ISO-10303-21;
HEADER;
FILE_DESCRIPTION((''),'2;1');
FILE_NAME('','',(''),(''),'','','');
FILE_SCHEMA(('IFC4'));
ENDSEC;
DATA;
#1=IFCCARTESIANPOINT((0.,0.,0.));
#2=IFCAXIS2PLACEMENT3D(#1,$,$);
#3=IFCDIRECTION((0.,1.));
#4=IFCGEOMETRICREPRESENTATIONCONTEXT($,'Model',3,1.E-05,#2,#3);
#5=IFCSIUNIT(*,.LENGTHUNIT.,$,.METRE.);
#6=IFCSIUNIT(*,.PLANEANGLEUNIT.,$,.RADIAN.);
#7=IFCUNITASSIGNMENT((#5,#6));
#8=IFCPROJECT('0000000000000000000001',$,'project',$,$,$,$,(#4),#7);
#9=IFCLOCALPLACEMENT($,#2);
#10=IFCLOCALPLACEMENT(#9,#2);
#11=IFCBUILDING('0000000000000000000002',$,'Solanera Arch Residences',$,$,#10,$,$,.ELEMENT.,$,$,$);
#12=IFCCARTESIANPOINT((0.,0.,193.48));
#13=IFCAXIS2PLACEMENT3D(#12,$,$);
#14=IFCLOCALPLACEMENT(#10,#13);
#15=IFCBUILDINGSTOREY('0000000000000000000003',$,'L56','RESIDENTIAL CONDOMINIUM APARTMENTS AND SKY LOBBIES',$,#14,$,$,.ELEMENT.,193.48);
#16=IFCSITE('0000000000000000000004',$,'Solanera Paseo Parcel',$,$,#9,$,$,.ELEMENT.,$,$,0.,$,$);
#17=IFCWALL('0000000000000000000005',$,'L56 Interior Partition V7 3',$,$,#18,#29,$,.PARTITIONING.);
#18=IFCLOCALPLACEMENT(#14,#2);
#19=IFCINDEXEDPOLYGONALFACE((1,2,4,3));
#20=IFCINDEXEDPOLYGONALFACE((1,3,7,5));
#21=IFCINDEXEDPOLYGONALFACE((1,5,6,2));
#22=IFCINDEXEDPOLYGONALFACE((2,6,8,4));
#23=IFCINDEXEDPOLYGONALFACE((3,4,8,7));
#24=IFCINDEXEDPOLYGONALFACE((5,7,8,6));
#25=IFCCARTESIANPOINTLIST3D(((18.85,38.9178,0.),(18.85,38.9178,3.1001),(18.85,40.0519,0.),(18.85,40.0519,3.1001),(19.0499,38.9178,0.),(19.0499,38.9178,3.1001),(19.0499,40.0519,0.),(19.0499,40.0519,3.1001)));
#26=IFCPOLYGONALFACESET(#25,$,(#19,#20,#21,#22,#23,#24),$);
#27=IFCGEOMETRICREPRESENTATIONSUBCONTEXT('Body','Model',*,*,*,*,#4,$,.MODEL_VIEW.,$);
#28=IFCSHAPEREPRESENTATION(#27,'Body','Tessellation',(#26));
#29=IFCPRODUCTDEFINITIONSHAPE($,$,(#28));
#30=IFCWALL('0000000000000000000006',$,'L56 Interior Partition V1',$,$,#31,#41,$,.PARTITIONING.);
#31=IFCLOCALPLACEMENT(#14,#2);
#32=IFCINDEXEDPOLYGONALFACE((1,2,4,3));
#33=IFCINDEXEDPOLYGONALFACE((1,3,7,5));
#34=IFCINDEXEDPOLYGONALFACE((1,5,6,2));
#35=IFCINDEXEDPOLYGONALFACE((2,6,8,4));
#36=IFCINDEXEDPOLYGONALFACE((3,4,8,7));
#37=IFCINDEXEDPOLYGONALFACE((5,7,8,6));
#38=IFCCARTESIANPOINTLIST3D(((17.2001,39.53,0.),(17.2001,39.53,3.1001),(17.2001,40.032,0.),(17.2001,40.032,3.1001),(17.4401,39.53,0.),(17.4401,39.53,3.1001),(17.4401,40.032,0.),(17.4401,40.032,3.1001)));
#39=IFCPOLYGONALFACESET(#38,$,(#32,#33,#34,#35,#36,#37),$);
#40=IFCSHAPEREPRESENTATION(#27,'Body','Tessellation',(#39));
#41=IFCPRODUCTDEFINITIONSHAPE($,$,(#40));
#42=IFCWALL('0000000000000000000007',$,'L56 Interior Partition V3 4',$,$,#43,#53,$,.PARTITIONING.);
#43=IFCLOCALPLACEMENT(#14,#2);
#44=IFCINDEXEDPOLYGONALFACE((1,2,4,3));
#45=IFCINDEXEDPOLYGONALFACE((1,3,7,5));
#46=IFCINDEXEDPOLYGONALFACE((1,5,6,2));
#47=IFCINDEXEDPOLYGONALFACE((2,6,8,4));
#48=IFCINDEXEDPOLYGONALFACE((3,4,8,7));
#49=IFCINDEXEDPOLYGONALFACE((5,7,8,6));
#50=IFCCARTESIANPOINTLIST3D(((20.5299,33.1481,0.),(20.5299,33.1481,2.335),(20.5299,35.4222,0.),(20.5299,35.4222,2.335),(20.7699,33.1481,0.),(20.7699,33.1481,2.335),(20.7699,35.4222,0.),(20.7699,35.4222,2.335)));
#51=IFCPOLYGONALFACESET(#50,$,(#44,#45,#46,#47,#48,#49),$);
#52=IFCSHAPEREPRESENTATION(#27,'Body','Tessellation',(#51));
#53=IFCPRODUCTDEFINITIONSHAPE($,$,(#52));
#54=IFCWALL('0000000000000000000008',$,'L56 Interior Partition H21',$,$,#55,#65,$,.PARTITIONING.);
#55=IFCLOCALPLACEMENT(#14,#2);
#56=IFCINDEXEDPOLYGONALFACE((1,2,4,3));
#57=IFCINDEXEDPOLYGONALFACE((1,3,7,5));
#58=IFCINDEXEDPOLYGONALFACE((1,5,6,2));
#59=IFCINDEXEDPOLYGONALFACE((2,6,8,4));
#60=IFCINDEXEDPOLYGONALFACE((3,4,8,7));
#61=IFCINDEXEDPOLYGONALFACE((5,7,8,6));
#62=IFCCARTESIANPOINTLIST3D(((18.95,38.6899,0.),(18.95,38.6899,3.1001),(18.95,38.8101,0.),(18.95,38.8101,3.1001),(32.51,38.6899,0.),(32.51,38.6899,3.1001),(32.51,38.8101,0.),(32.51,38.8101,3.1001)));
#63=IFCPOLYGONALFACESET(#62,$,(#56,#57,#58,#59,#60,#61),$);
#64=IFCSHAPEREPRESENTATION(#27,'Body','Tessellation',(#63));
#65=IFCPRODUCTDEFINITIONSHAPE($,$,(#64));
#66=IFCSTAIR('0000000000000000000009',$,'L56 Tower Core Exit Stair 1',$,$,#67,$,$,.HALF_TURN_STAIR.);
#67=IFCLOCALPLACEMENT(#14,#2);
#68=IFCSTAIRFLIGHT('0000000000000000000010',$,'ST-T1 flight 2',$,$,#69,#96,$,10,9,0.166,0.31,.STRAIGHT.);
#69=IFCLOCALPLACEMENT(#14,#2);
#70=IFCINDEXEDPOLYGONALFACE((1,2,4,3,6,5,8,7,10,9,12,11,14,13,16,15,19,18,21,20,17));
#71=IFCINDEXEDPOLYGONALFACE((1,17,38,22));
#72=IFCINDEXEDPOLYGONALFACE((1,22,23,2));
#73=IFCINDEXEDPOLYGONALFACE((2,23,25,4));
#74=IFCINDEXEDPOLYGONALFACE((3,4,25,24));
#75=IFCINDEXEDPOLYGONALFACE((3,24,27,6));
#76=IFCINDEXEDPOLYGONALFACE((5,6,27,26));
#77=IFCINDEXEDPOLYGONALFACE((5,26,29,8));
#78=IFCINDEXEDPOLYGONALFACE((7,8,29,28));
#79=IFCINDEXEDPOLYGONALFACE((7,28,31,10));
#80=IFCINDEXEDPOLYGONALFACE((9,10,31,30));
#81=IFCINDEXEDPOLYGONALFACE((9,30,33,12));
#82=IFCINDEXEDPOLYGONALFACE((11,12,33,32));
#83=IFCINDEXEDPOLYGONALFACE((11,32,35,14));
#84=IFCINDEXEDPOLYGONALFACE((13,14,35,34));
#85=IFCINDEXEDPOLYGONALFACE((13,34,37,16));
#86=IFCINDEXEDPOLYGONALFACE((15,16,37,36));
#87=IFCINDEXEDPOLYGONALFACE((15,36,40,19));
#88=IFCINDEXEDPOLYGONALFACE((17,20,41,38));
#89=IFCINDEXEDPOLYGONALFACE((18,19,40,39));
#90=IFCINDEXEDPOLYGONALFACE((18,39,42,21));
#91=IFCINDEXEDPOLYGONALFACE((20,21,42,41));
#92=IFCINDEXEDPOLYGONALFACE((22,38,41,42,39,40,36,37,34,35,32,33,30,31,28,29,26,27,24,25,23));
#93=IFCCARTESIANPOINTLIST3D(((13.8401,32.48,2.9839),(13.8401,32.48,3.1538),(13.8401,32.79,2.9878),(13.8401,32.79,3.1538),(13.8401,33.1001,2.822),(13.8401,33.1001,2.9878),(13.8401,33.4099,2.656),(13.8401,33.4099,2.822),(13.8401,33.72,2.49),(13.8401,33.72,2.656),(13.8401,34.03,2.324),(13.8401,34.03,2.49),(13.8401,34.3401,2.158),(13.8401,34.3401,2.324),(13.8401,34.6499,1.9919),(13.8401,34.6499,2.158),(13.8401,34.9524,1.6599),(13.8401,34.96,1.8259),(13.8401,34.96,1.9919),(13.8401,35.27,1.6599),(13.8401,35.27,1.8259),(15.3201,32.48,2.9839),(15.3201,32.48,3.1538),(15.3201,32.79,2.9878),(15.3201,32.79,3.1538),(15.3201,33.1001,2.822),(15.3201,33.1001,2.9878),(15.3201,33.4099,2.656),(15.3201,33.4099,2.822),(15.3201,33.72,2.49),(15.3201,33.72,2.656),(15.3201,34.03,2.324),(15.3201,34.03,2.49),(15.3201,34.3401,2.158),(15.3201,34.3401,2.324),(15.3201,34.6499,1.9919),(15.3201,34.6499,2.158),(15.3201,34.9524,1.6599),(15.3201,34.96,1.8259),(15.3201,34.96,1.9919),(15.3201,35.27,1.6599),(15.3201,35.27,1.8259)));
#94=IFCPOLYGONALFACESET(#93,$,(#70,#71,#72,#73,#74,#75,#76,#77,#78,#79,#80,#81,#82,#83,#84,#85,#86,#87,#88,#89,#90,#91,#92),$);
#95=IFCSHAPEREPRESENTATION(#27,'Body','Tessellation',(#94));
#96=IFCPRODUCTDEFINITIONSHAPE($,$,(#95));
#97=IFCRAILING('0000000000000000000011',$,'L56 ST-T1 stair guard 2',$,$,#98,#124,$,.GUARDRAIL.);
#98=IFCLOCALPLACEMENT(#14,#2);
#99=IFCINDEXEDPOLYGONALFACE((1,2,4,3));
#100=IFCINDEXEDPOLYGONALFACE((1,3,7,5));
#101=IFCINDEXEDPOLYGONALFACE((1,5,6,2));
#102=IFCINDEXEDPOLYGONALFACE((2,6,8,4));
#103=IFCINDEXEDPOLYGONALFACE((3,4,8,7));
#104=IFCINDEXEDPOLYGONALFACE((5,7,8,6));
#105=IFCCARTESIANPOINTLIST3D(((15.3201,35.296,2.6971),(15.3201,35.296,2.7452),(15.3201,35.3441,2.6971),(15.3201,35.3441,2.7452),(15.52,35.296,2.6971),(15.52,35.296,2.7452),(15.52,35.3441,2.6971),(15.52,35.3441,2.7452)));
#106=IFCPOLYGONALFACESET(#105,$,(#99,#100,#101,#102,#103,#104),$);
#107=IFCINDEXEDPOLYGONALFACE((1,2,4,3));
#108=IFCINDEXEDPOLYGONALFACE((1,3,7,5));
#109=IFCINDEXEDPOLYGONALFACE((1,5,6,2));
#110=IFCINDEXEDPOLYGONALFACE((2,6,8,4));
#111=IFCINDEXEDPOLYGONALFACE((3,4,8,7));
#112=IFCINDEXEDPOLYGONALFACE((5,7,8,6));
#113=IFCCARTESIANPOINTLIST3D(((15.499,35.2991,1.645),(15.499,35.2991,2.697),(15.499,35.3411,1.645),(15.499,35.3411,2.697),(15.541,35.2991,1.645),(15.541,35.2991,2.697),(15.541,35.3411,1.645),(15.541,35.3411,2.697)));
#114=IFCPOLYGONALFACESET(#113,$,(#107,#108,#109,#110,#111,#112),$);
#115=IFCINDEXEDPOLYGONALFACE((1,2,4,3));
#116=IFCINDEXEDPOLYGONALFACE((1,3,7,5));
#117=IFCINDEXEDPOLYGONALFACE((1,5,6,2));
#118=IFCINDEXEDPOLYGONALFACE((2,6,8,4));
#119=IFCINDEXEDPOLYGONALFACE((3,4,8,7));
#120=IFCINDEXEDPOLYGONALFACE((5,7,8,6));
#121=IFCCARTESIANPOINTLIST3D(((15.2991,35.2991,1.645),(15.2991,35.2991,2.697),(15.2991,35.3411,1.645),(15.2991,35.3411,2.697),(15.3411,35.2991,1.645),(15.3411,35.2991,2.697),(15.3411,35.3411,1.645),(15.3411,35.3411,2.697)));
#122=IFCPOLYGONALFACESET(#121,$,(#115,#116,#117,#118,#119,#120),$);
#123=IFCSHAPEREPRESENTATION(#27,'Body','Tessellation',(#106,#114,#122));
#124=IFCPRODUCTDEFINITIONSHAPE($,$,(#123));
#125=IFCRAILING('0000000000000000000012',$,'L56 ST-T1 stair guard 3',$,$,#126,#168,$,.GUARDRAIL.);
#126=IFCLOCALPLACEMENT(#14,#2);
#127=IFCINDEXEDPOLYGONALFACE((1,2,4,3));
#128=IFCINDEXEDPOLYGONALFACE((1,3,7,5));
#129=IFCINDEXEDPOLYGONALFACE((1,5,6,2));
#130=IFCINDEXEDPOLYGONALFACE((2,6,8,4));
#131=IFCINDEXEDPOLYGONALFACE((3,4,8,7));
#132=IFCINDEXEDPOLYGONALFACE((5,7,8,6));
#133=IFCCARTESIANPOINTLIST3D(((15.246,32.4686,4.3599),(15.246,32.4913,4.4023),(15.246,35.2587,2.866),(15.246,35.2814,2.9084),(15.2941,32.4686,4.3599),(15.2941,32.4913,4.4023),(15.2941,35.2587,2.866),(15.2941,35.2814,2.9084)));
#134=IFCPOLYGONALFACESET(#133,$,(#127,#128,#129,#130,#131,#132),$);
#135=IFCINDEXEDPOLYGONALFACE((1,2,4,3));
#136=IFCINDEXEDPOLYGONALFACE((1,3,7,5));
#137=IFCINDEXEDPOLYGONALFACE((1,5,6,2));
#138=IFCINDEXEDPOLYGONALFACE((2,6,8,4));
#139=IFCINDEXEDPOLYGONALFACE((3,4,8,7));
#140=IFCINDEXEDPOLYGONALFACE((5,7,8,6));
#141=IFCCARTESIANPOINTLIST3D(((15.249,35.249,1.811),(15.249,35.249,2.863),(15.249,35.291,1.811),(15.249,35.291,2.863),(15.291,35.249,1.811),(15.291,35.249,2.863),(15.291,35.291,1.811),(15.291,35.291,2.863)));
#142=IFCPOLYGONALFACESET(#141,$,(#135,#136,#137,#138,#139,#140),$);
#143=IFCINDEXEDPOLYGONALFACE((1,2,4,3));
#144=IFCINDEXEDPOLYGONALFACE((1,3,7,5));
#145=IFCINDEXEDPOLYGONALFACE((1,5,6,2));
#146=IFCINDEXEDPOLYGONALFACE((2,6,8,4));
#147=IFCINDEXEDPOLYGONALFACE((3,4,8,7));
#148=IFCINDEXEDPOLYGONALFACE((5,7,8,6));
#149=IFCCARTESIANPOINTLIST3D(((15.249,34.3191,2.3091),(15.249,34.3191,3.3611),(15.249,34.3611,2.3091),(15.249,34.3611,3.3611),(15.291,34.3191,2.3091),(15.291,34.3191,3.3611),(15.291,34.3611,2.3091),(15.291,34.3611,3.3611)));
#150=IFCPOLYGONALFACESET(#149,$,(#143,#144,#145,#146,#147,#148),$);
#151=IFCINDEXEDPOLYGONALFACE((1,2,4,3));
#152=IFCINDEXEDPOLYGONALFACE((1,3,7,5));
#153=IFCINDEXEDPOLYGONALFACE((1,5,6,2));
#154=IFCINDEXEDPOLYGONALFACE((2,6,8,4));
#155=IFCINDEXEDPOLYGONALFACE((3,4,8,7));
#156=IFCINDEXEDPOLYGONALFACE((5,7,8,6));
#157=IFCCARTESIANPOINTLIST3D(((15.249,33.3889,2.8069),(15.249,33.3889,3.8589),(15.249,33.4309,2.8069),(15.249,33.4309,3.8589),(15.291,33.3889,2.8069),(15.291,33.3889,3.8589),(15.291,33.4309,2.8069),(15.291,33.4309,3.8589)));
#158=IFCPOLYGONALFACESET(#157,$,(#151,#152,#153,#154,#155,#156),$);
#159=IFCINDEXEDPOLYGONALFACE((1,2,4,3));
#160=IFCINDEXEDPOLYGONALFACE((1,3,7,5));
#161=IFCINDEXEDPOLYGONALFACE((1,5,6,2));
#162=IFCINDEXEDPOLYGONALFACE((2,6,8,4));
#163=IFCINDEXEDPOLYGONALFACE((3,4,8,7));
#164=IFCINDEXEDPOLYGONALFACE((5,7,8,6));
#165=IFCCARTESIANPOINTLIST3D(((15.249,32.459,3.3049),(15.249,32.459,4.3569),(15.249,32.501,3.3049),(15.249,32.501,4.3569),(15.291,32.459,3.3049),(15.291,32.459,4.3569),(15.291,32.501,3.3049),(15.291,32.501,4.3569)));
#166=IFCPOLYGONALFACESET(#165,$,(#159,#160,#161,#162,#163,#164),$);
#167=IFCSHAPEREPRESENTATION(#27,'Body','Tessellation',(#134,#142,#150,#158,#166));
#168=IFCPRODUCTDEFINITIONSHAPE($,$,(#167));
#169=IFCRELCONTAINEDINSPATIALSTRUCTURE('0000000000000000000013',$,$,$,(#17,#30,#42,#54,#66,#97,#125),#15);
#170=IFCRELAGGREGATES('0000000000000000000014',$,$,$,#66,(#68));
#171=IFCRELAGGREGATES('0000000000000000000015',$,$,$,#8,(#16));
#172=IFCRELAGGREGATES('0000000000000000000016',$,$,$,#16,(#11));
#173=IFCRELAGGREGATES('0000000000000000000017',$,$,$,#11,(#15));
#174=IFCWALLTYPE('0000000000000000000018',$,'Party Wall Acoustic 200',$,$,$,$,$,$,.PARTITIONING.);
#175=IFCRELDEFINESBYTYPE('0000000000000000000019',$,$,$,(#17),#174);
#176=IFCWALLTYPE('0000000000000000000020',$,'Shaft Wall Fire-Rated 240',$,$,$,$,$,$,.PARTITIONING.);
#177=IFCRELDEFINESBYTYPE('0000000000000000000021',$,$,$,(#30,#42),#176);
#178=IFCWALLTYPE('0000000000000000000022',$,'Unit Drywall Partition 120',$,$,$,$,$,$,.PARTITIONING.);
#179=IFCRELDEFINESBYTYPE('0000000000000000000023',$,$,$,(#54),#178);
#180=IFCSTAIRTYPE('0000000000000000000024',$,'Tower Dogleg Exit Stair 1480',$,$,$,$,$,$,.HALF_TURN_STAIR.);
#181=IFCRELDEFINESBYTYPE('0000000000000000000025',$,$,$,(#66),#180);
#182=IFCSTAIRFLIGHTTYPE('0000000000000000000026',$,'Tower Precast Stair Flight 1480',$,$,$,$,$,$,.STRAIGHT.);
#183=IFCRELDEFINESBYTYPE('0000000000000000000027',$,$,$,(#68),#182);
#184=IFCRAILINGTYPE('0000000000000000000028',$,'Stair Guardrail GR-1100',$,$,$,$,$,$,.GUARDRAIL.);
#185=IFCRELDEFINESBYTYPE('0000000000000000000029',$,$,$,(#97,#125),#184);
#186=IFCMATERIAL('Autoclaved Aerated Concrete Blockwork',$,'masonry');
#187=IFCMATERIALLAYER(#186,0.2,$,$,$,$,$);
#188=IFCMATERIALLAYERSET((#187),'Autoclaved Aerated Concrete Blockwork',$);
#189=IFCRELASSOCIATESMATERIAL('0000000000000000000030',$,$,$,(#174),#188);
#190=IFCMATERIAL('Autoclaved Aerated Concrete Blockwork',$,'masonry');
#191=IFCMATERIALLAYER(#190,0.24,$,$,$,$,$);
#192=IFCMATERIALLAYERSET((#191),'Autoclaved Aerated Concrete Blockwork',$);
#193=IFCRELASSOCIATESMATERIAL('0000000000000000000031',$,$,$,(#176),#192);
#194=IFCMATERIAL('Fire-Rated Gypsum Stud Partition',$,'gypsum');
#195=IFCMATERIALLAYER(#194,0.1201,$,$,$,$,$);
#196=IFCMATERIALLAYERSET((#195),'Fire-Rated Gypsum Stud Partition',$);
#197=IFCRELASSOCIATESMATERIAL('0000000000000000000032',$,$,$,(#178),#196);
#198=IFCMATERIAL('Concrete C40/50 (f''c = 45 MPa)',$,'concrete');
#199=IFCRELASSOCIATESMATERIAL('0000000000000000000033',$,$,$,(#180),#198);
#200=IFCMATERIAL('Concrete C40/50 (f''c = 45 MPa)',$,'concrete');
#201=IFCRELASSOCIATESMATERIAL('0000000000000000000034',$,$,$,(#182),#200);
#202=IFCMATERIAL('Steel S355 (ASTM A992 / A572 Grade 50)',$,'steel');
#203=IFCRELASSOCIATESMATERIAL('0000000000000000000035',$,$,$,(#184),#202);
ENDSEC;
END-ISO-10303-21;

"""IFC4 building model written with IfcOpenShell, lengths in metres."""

from ifc_helpers import new_model, si_unit, direction, frame, frame_2d, origin, origin_2d, place, context, subcontext, project, spatial, polyline, rectangle, outline, extrude, material, layer, layer_set, type_object, element, aggregate, save


model = new_model("IFC4")

# Units and contexts
model_context = context("Model", 3, precision=1e-05, world=origin(), true_north=direction((0.0, 1.0)))
body_context = subcontext(model_context, "Body", "Model", "MODEL_VIEW")
ifc_project = project(units=[si_unit("LENGTHUNIT", "METRE"), si_unit("PLANEANGLEUNIT", "RADIAN")], contexts=[model_context])

# Site, building, storey
site_placement = place(None, origin())
site = spatial("IfcSite", under=ifc_project, at=site_placement, Name="Solanera Paseo Parcel", CompositionType="ELEMENT", RefElevation=0.0)
building_placement = place(site_placement, origin())
building = spatial("IfcBuilding", under=site, at=building_placement, Name="Solanera Arch Residences", CompositionType="ELEMENT")
storey_placement = place(building_placement, frame((0.0, 0.0, 193.48)))
storey = spatial("IfcBuildingStorey", under=building, at=storey_placement, Name="L56", Description="RESIDENTIAL CONDOMINIUM APARTMENTS AND SKY LOBBIES", CompositionType="ELEMENT", Elevation=193.48)

# Shared definitions
ifc_material_1 = material(Name="Autoclaved Aerated Concrete Blockwork", Category="masonry")
ifc_layer_1 = layer(ifc_material_1, 0.2)
ifc_layer_set_1 = layer_set([ifc_layer_1], Name="Autoclaved Aerated Concrete Blockwork")
wall_type_1 = type_object("IfcWallType", Name="Party Wall Acoustic 200", PredefinedType="PARTITIONING", material=ifc_layer_set_1)

# Walls
wall_1_placement = place(storey_placement, frame((18.95, 38.918, 0.0), z_axis=(0.0, 0.0, 1.0), x_axis=(0.0, 1.0, 0.0)))
element("IfcWall", 1, at=wall_1_placement, inside=storey, type_object=wall_type_1, Name="L56 Interior Partition V7 3", PredefinedType="PARTITIONING", context=body_context, shape_type="SweptSolid", body=[
    extrude(rectangle(XDim=1.134, YDim=0.2, at=frame_2d((0.5669, 0.0))), origin(), (0.0, 0.0, 1.0), 3.1001),
])
ifc_material_2 = material(Name="Autoclaved Aerated Concrete Blockwork", Category="masonry")
ifc_layer_2 = layer(ifc_material_2, 0.24)
ifc_layer_set_2 = layer_set([ifc_layer_2], Name="Autoclaved Aerated Concrete Blockwork")
wall_type_2 = type_object("IfcWallType", Name="Shaft Wall Fire-Rated 240", PredefinedType="PARTITIONING", material=ifc_layer_set_2)
wall_2_placement = place(storey_placement, frame((17.3201, 39.53, 0.0), z_axis=(0.0, 0.0, 1.0), x_axis=(0.0, 1.0, 0.0)))
element("IfcWall", 2, at=wall_2_placement, inside=storey, type_object=wall_type_2, Name="L56 Interior Partition V1", PredefinedType="PARTITIONING", context=body_context, shape_type="SweptSolid", body=[
    extrude(rectangle(XDim=0.502, YDim=0.24, at=frame_2d((0.251, 0.0))), origin(), (0.0, 0.0, 1.0), 3.1001),
])
wall_3_placement = place(storey_placement, frame((20.6499, 33.1479, 0.0), z_axis=(0.0, 0.0, 1.0), x_axis=(0.0, 1.0, 0.0)))
element("IfcWall", 3, at=wall_3_placement, inside=storey, type_object=wall_type_2, Name="L56 Interior Partition V3 4", PredefinedType="PARTITIONING", context=body_context, shape_type="SweptSolid", body=[
    extrude(rectangle(XDim=2.2742, YDim=0.24, at=frame_2d((1.1372, 0.0))), origin(), (0.0, 0.0, 1.0), 2.335),
])
ifc_material_3 = material(Name="Fire-Rated Gypsum Stud Partition", Category="gypsum")
ifc_layer_3 = layer(ifc_material_3, 0.1201)
ifc_layer_set_3 = layer_set([ifc_layer_3], Name="Fire-Rated Gypsum Stud Partition")
wall_type_3 = type_object("IfcWallType", Name="Unit Drywall Partition 120", PredefinedType="PARTITIONING", material=ifc_layer_set_3)
wall_4_placement = place(storey_placement, frame((18.95, 38.75, 0.0), z_axis=(0.0, 0.0, 1.0), x_axis=(1.0, 0.0, 0.0)))
element("IfcWall", 4, at=wall_4_placement, inside=storey, type_object=wall_type_3, Name="L56 Interior Partition H21", PredefinedType="PARTITIONING", context=body_context, shape_type="SweptSolid", body=[
    extrude(rectangle(XDim=13.5601, YDim=0.1201, at=frame_2d((6.78, 0.0))), origin(), (0.0, 0.0, 1.0), 3.1001),
])

# Stair, stair flight
ifc_material_4 = material(Name="Concrete C40/50 (f'c = 45 MPa)", Category="concrete")
stair_type = type_object("IfcStairType", Name="Tower Dogleg Exit Stair 1480", PredefinedType="HALF_TURN_STAIR", material=ifc_material_4)
stair_placement = place(storey_placement, origin())
stair = element("IfcStair", 5, at=stair_placement, inside=storey, type_object=stair_type, Name="L56 Tower Core Exit Stair 1", PredefinedType="HALF_TURN_STAIR")
ifc_material_5 = material(Name="Concrete C40/50 (f'c = 45 MPa)", Category="concrete")
stair_flight_type = type_object("IfcStairFlightType", Name="Tower Precast Stair Flight 1480", PredefinedType="STRAIGHT", material=ifc_material_5)
stair_flight_placement = place(storey_placement, frame((14.5801, 35.27, 1.6599), z_axis=(0.0, 0.0, 1.0), x_axis=(0.0, -1.0, 0.0)))
stair_flight = element("IfcStairFlight", 6, at=stair_flight_placement, type_object=stair_flight_type, Name="ST-T1 flight 2", NumberOfRisers=10, NumberOfTreads=9, PredefinedType="STRAIGHT", RiserHeight=0.166, TreadLength=0.31, context=body_context, shape_type="SweptSolid", body=[
    extrude(outline(polyline([(0.0, 0.0), (0.0, 0.166), (0.3101, 0.166), (0.3101, 0.332), (0.6201, 0.332), (0.6201, 0.498), (0.9299, 0.498), (0.9299, 0.6641), (1.24, 0.6641), (1.24, 0.8301), (1.55, 0.8301), (1.55, 0.9961), (1.8601, 0.9961), (1.8601, 1.1621), (2.1699, 1.1621), (2.1699, 1.3279), (2.48, 1.3279), (2.48, 1.4939), (2.79, 1.4939), (2.79, 1.6599), (2.79, 1.324), (0.3176, 0.0), (0.0, 0.0)])), frame((0.0, 0.74, 0.0), z_axis=(0.0, -1.0, 0.0), x_axis=(1.0, 0.0, 0.0)), (0.0, 0.0, 1.0), 1.48),
])
aggregate(stair, [stair_flight])

# Railings
ifc_material_6 = material(Name="Steel S355 (ASTM A992 / A572 Grade 50)", Category="steel")
railing_type_1 = type_object("IfcRailingType", Name="Stair Guardrail GR-1100", PredefinedType="GUARDRAIL", material=ifc_material_6)
railing_1_placement = place(storey_placement, frame((15.52, 35.3201, 1.645)))
element("IfcRailing", 7, at=railing_1_placement, inside=storey, type_object=railing_type_1, Name="L56 ST-T1 stair guard 2", PredefinedType="GUARDRAIL", context=body_context, shape_type="SweptSolid", body=[
    extrude(rectangle(XDim=0.0481, YDim=0.0481, at=origin_2d()), frame((0.0, 0.0, 1.0762), z_axis=(-1.0, 0.0, 0.0), x_axis=(0.0, -1.0, 0.0)), (0.0, 0.0, 1.0), 0.2),
    extrude(rectangle(XDim=0.042, YDim=0.042, at=origin_2d()), origin(), (0.0, 0.0, 1.0), 1.052),
    extrude(rectangle(XDim=0.042, YDim=0.042, at=origin_2d()), frame((-0.2, 0.0, 0.0)), (0.0, 0.0, 1.0), 1.052),
])
railing_2_placement = place(storey_placement, frame((15.27, 35.27, 1.811)))
element("IfcRailing", 8, at=railing_2_placement, inside=storey, type_object=railing_type_1, Name="L56 ST-T1 stair guard 3", PredefinedType="GUARDRAIL", context=body_context, shape_type="SweptSolid", body=[
    extrude(rectangle(XDim=0.0481, YDim=0.0481, at=origin_2d()), frame((0.0, 0.0, 1.0762), z_axis=(0.0, -0.881581, 0.472033), x_axis=(1.0, 0.0, 0.0)), (0.0, 0.0, 1.0), 3.1648),
    extrude(rectangle(XDim=0.042, YDim=0.042, at=origin_2d()), origin(), (0.0, 0.0, 1.0), 1.052),
    extrude(rectangle(XDim=0.042, YDim=0.042, at=origin_2d()), frame((0.0, -0.9299, 0.498)), (0.0, 0.0, 1.0), 1.052),
    extrude(rectangle(XDim=0.042, YDim=0.042, at=origin_2d()), frame((0.0, -1.8601, 0.9958)), (0.0, 0.0, 1.0), 1.052),
    extrude(rectangle(XDim=0.042, YDim=0.042, at=origin_2d()), frame((0.0, -2.79, 1.4939)), (0.0, 0.0, 1.0), 1.052),
])

save(model, "model.ifc")
